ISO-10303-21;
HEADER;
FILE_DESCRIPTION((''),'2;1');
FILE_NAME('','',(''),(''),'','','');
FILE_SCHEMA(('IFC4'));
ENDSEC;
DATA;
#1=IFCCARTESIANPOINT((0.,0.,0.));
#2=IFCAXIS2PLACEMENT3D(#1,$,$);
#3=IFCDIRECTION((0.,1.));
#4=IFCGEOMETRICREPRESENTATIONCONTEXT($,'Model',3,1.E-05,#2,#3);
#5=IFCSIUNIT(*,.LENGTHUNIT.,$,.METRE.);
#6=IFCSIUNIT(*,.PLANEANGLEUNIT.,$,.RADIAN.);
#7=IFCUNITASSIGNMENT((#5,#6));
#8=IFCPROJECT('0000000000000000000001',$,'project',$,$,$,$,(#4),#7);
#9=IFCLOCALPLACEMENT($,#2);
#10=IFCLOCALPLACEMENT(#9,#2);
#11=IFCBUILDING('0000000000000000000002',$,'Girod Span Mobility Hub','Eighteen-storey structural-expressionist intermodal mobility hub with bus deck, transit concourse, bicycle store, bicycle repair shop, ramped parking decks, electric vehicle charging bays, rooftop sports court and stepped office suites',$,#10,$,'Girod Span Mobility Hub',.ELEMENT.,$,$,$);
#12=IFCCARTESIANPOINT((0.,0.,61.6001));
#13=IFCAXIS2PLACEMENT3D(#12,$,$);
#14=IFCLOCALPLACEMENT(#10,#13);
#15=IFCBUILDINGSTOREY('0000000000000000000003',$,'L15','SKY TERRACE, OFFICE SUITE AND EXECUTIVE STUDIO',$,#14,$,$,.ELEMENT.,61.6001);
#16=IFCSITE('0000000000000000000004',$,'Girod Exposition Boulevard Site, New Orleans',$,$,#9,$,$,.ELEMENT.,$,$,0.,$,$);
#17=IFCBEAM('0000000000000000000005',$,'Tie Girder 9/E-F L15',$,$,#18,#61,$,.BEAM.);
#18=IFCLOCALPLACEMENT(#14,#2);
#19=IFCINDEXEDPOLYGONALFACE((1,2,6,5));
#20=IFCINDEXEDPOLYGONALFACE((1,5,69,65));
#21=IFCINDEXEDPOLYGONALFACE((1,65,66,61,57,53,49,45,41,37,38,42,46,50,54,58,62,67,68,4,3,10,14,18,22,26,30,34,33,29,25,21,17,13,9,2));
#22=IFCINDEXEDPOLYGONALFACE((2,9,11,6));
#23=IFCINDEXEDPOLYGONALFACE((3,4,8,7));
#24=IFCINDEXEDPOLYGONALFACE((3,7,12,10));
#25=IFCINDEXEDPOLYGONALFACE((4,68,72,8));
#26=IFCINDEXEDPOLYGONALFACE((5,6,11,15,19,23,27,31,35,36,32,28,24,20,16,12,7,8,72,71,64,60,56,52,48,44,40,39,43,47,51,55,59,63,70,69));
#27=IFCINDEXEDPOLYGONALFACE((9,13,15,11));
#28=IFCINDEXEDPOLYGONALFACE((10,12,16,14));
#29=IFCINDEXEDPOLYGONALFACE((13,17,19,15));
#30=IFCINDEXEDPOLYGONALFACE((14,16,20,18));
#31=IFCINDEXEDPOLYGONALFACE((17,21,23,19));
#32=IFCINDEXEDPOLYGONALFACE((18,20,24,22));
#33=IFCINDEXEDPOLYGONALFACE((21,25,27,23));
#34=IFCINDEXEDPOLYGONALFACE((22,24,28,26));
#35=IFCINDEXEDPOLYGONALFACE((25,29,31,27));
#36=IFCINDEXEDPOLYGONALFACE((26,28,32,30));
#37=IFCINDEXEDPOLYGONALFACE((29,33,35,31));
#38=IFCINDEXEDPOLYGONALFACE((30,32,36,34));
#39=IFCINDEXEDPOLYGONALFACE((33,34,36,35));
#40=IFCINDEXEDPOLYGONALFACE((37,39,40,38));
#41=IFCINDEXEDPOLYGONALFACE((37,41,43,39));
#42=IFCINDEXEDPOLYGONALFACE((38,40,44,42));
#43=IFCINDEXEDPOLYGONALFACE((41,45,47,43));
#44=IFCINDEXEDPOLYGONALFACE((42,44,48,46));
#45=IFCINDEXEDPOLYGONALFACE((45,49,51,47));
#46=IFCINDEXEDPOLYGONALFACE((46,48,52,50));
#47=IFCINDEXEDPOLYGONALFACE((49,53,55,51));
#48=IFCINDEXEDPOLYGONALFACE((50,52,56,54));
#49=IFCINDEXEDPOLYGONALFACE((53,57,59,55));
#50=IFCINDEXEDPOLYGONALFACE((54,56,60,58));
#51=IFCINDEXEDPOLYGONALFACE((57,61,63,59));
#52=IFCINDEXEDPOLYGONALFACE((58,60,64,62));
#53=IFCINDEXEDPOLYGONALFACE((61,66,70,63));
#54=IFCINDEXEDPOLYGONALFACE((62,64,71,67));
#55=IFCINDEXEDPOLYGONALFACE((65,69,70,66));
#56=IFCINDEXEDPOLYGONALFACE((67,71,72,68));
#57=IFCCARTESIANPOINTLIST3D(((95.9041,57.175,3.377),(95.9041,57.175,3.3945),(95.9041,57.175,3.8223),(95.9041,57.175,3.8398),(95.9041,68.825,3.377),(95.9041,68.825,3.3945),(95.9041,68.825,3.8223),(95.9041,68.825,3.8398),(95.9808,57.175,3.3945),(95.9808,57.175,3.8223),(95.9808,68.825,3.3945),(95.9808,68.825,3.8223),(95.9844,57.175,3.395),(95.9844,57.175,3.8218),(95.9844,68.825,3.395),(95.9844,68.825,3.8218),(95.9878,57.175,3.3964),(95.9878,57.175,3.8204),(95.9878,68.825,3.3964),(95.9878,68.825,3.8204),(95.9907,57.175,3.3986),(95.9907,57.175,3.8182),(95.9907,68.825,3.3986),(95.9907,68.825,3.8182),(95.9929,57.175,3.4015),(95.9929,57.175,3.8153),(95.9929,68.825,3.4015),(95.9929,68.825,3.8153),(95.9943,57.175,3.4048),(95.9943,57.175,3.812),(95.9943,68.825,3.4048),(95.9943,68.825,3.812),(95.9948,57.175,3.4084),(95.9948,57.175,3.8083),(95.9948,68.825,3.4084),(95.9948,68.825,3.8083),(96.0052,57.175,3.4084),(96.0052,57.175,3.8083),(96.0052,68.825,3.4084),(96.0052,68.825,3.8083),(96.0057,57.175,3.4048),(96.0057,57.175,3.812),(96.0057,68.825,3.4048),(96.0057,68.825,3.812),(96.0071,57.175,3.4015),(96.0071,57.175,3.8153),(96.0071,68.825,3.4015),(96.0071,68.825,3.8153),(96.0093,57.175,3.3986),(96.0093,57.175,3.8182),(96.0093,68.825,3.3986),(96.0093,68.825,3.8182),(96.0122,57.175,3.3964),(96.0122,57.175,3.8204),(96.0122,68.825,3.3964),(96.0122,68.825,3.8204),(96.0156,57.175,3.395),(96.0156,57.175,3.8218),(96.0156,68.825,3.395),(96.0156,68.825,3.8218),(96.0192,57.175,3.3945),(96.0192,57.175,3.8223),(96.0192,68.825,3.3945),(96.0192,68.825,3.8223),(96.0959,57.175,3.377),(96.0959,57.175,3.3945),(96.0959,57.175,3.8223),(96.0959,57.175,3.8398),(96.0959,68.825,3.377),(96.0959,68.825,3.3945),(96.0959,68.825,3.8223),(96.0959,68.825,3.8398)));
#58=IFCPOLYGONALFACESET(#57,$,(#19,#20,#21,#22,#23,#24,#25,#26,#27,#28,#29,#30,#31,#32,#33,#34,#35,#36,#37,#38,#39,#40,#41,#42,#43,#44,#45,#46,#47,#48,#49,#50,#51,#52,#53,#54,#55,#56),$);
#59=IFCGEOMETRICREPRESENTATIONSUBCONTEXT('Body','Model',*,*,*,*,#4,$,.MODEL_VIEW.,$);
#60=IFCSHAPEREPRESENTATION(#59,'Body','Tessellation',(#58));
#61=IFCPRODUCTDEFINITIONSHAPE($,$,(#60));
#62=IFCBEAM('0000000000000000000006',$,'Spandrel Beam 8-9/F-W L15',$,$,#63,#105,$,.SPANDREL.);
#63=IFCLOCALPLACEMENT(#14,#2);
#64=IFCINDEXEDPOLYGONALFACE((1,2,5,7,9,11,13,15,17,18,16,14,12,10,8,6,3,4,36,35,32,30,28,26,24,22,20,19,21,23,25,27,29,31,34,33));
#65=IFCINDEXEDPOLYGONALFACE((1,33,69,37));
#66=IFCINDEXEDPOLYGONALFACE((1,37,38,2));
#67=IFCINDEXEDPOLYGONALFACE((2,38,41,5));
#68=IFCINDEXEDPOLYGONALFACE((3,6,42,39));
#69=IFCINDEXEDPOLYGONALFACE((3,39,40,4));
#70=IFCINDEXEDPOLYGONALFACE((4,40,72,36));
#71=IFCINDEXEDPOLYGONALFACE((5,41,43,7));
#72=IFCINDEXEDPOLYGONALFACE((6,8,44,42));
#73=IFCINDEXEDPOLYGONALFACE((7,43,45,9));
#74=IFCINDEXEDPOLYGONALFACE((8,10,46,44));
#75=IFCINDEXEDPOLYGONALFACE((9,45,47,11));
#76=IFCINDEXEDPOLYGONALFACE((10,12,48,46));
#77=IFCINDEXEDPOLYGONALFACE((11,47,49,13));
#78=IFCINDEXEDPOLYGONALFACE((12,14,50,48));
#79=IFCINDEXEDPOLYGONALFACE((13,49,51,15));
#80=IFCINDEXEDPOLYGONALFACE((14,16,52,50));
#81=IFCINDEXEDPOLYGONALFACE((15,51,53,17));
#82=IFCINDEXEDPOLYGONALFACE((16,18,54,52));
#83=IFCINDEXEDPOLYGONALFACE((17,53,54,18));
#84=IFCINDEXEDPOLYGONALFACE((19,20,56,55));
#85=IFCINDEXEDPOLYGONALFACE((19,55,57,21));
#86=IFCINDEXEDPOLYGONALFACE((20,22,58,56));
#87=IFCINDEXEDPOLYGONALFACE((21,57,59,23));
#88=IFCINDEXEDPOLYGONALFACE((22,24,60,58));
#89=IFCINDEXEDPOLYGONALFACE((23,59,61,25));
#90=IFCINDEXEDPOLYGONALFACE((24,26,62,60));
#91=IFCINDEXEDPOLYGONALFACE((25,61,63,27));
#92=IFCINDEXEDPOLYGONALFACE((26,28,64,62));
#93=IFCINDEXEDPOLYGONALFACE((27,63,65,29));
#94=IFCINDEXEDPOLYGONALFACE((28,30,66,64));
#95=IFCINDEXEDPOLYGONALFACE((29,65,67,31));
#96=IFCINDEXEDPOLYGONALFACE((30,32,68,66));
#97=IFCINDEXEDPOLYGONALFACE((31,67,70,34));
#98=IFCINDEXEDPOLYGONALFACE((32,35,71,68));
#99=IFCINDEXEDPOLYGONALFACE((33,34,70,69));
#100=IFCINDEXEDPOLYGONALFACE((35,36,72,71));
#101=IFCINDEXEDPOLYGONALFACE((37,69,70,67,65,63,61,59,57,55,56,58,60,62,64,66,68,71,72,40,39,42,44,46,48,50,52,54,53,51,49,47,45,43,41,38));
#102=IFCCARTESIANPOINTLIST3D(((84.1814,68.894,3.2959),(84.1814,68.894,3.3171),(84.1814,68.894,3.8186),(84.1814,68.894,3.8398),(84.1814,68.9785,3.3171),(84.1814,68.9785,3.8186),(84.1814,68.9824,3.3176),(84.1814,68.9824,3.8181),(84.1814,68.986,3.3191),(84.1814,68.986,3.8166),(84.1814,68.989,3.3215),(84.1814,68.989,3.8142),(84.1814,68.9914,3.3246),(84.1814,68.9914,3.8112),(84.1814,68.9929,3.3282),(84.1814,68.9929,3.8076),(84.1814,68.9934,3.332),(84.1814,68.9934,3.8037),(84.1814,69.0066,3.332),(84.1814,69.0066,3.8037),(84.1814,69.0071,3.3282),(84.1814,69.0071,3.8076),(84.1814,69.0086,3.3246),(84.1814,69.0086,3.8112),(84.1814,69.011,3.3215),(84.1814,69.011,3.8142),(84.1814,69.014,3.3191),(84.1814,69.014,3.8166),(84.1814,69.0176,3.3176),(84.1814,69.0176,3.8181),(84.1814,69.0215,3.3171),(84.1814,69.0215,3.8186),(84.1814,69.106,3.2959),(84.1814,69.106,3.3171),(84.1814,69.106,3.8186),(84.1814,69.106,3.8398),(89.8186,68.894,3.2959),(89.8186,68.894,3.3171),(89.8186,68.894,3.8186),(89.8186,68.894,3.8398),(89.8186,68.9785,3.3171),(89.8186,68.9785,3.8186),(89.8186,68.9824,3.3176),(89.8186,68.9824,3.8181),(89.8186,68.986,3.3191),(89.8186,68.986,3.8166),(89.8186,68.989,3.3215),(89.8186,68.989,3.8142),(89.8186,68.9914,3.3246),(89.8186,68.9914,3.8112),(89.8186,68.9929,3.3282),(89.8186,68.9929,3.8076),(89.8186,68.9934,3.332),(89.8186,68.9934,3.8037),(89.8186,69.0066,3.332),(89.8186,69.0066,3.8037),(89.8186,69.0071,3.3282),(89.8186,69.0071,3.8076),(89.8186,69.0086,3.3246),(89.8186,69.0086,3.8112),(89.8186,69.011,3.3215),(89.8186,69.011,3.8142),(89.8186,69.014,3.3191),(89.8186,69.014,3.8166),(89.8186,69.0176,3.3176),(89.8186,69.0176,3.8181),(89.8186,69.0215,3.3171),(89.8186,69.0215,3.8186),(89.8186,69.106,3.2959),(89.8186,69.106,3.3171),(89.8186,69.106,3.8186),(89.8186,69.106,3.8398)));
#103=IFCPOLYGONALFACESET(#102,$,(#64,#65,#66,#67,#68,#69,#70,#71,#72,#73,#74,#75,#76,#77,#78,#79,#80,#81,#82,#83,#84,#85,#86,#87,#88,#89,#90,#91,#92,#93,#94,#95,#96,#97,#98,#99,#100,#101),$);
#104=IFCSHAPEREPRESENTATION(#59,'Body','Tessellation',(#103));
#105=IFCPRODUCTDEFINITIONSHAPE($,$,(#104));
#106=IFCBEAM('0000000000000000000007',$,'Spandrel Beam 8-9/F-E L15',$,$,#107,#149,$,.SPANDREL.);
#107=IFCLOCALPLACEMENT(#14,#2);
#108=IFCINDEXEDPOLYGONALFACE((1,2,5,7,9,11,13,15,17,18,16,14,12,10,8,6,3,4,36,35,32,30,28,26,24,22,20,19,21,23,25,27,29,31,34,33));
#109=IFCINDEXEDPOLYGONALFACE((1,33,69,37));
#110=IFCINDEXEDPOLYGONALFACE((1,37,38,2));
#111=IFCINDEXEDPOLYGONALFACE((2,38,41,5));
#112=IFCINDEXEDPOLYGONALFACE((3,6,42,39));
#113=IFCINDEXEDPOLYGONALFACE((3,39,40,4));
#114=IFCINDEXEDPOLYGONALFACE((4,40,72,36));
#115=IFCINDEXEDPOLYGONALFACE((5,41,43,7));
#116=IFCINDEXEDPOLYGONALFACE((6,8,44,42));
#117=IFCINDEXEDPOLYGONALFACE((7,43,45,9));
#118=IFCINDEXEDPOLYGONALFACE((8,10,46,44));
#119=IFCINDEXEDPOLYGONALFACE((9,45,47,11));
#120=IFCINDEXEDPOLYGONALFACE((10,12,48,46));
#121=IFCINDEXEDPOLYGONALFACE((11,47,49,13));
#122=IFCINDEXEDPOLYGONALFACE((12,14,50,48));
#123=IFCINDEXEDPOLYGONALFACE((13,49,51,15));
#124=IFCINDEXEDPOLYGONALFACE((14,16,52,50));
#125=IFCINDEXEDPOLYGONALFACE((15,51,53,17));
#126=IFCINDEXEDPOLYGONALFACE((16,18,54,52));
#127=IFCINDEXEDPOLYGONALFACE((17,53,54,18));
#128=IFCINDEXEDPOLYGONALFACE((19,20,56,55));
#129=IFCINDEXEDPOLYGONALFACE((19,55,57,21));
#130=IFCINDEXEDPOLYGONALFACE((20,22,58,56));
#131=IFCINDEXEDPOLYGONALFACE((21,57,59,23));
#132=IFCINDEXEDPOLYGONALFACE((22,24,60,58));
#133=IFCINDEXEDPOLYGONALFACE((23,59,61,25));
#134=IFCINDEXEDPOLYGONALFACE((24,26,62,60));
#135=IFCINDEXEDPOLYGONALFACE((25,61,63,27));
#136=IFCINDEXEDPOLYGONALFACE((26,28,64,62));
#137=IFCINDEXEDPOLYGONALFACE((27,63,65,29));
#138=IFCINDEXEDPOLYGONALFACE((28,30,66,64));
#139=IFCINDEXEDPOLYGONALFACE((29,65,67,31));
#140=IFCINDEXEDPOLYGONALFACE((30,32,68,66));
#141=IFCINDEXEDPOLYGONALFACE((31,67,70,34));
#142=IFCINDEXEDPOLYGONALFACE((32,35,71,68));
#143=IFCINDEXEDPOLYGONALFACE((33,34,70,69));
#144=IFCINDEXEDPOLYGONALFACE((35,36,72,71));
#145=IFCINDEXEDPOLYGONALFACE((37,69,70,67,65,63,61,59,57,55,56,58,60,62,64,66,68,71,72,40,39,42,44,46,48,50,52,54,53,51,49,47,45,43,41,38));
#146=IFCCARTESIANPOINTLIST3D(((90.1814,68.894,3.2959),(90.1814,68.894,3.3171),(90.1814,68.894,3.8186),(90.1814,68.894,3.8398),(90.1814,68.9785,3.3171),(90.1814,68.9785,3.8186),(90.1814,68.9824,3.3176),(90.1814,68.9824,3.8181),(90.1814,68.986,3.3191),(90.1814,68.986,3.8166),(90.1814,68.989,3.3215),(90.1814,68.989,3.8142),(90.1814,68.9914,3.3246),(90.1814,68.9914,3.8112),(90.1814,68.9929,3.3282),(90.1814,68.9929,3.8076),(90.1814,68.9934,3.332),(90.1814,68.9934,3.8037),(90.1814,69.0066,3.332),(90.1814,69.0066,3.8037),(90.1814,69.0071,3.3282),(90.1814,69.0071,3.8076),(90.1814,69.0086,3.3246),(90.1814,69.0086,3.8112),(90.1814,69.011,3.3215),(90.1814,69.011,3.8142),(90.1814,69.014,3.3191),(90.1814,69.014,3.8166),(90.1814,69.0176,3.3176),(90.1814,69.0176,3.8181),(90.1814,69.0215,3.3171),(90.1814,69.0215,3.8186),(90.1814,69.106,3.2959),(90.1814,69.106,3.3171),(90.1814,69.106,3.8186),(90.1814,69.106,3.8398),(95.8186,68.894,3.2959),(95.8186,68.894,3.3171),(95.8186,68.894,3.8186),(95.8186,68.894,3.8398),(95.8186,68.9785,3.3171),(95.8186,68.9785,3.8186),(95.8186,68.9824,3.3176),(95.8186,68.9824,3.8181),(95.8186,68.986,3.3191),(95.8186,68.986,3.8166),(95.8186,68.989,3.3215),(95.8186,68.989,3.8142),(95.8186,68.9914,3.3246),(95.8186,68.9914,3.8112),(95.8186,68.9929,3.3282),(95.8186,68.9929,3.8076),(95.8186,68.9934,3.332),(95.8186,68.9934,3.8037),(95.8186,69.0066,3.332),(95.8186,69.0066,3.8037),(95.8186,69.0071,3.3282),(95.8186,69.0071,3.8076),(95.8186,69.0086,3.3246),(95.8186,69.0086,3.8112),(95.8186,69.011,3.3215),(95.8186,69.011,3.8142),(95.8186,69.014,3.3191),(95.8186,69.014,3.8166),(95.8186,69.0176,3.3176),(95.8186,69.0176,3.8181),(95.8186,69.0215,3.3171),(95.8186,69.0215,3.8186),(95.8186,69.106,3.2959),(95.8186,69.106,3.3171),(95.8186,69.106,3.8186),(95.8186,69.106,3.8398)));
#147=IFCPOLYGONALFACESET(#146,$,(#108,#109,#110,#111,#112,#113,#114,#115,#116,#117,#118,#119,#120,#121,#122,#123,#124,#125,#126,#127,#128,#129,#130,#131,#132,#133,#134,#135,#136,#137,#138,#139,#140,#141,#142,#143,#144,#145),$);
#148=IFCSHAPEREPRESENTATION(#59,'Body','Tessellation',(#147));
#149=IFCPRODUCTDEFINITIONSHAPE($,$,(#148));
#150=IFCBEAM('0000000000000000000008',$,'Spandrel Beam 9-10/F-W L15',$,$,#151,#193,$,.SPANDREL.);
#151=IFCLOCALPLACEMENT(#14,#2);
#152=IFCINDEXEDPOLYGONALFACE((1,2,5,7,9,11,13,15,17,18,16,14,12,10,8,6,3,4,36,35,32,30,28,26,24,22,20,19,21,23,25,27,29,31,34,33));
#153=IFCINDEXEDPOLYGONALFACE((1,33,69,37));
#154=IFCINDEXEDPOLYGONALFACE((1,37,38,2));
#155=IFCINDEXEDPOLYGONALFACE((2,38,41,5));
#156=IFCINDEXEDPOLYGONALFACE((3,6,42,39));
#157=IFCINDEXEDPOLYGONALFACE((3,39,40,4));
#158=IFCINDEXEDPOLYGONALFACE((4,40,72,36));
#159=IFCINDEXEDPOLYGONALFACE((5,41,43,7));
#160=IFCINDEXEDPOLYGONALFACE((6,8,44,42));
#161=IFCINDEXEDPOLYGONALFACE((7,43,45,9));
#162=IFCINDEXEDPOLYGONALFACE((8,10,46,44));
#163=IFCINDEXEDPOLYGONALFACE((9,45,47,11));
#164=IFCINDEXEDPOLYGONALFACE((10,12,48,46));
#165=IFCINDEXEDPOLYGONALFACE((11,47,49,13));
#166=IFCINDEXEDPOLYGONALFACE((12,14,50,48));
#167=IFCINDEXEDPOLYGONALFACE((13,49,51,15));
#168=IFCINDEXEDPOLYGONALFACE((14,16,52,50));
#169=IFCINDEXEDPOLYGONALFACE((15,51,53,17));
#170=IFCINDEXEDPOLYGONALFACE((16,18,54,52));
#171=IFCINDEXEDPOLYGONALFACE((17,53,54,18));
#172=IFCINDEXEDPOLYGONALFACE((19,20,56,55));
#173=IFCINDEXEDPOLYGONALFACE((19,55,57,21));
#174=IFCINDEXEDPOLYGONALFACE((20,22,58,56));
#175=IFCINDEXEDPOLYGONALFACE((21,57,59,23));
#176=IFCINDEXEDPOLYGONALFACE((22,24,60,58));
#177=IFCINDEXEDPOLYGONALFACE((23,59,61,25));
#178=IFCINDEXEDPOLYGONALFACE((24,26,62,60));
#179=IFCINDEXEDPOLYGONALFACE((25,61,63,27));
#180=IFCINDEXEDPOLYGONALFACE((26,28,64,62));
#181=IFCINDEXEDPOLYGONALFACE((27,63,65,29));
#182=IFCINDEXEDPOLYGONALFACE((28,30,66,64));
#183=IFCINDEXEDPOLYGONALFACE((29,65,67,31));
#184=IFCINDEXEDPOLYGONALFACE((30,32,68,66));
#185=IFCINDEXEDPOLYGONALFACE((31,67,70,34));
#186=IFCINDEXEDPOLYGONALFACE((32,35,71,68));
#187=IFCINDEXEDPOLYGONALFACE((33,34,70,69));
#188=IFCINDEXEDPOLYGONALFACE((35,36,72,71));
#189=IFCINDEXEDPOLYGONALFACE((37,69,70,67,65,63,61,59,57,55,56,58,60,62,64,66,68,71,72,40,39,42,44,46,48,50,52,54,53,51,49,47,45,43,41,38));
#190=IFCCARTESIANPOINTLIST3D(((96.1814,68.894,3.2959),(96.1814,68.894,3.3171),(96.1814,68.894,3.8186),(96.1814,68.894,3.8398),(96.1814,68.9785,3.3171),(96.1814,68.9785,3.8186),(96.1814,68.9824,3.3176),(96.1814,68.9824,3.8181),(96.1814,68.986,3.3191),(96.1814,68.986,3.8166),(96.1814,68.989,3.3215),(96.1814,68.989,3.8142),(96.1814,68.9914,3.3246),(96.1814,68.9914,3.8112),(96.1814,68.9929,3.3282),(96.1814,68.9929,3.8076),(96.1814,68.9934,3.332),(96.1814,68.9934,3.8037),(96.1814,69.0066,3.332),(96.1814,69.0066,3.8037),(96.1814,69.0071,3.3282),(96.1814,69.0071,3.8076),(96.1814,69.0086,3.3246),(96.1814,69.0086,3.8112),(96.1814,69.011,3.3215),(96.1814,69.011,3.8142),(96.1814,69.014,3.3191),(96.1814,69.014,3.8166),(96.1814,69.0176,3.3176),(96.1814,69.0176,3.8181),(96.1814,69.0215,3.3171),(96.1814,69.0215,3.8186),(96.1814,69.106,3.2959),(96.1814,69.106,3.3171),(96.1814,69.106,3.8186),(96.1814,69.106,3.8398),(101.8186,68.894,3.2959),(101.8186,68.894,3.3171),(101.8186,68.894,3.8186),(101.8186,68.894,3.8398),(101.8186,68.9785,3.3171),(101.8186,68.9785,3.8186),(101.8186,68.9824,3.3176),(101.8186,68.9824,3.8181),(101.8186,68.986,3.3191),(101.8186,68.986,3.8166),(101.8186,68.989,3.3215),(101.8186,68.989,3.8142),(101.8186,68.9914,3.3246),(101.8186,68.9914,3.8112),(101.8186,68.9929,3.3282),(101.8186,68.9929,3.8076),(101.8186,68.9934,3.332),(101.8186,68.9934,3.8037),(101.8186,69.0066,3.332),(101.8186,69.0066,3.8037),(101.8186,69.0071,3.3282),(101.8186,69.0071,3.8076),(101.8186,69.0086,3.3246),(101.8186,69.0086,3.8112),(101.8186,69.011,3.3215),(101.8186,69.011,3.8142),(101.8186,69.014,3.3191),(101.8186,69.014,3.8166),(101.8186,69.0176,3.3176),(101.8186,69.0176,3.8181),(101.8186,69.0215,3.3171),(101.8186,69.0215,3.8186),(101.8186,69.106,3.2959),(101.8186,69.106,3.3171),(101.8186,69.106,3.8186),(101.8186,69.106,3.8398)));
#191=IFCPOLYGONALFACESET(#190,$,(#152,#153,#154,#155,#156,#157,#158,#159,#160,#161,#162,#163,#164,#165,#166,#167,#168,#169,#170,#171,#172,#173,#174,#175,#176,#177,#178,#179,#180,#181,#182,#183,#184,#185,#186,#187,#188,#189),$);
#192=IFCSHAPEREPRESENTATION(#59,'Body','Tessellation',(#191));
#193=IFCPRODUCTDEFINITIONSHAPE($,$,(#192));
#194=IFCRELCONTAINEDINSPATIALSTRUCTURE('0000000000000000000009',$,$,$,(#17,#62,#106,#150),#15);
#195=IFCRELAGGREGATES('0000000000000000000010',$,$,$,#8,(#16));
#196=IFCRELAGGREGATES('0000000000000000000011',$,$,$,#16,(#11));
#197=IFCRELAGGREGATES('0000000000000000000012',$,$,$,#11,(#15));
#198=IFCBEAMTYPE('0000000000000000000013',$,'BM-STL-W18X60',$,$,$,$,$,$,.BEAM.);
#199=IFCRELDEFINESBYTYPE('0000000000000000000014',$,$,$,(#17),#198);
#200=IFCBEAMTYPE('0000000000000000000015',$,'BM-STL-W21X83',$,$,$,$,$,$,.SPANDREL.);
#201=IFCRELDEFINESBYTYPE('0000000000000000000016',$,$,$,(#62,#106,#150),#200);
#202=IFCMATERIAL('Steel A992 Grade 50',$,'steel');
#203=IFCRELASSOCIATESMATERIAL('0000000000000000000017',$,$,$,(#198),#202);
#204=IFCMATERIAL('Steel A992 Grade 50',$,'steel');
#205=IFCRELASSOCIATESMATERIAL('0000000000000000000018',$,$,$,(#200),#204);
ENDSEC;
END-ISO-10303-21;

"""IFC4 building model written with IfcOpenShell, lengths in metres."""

from ifc_helpers import new_model, si_unit, direction, frame, origin, origin_2d, place, context, subcontext, project, spatial, i_section, extrude, material, material_profile, profile_set, type_object, element, save


model = new_model("IFC4")

# Units and contexts
model_context = context("Model", 3, precision=1e-05, world=origin(), true_north=direction((0.0, 1.0)))
body_context = subcontext(model_context, "Body", "Model", "MODEL_VIEW")
ifc_project = project(units=[si_unit("LENGTHUNIT", "METRE"), si_unit("PLANEANGLEUNIT", "RADIAN")], contexts=[model_context])

# Site, building, storey
site_placement = place(None, origin())
site = spatial("IfcSite", under=ifc_project, at=site_placement, Name="Girod Exposition Boulevard Site, New Orleans", CompositionType="ELEMENT", RefElevation=0.0)
building_placement = place(site_placement, origin())
building = spatial("IfcBuilding", under=site, at=building_placement, Name="Girod Span Mobility Hub", Description="Eighteen-storey structural-expressionist intermodal mobility hub with bus deck, transit concourse, bicycle store, bicycle repair shop, ramped parking decks, electric vehicle charging bays, rooftop sports court and stepped office suites", LongName="Girod Span Mobility Hub", CompositionType="ELEMENT")
storey_placement = place(building_placement, frame((0.0, 0.0, 61.6001)))
storey = spatial("IfcBuildingStorey", under=building, at=storey_placement, Name="L15", Description="SKY TERRACE, OFFICE SUITE AND EXECUTIVE STUDIO", CompositionType="ELEMENT", Elevation=61.6001)

# Beams
ifc_material_1 = material(Name="Steel A992 Grade 50", Category="steel")
ifc_material_profile_1 = material_profile(ifc_material_1, i_section(OverallWidth=0.1919, OverallDepth=0.4629, WebThickness=0.0105, FlangeThickness=0.0176, FilletRadius=0.0139, at=origin_2d()), Name="W18X60")
ifc_profile_set_1 = profile_set([ifc_material_profile_1], Name="Steel A992 Grade 50")
beam_type_1 = type_object("IfcBeamType", Name="BM-STL-W18X60", PredefinedType="BEAM", material=ifc_profile_set_1)
for number, where, z_axis, x_axis, name in (
    (1, (96.0, 57.175, 3.6084), (0.0, 1.0, 0.0), (-1.0, 0.0, 0.0), "Tie Girder 9/E-F L15"),
):
    element("IfcBeam", number, at=place(storey_placement, frame(where, z_axis=z_axis, x_axis=x_axis)), inside=storey, type_object=beam_type_1, Name=name, PredefinedType="BEAM", context=body_context, shape_type="SweptSolid", body=[
        extrude(i_section(OverallWidth=0.1919, OverallDepth=0.4629, WebThickness=0.0105, FlangeThickness=0.0176, FilletRadius=0.0139, at=origin_2d()), origin(), (0.0, 0.0, 1.0), 11.6499),
    ])
ifc_material_2 = material(Name="Steel A992 Grade 50", Category="steel")
ifc_material_profile_2 = material_profile(ifc_material_2, i_section(OverallWidth=0.2119, OverallDepth=0.5439, WebThickness=0.0132, FlangeThickness=0.0212, FilletRadius=0.0149, at=origin_2d()), Name="W21X83")
ifc_profile_set_2 = profile_set([ifc_material_profile_2], Name="Steel A992 Grade 50")
beam_type_2 = type_object("IfcBeamType", Name="BM-STL-W21X83", PredefinedType="SPANDREL", material=ifc_profile_set_2)
for number, where, z_axis, x_axis, name in (
    (2, (84.1814, 69.0, 3.5679), (1.0, 0.0, 0.0), (0.0, 1.0, 0.0), "Spandrel Beam 8-9/F-W L15"),
    (3, (90.1814, 69.0, 3.5679), (1.0, 0.0, 0.0), (0.0, 1.0, 0.0), "Spandrel Beam 8-9/F-E L15"),
    (4, (96.1814, 69.0, 3.5679), (1.0, 0.0, 0.0), (0.0, 1.0, 0.0), "Spandrel Beam 9-10/F-W L15"),
):
    element("IfcBeam", number, at=place(storey_placement, frame(where, z_axis=z_axis, x_axis=x_axis)), inside=storey, type_object=beam_type_2, Name=name, PredefinedType="SPANDREL", context=body_context, shape_type="SweptSolid", body=[
        extrude(i_section(OverallWidth=0.2119, OverallDepth=0.5439, WebThickness=0.0132, FlangeThickness=0.0212, FilletRadius=0.0149, at=origin_2d()), origin(), (0.0, 0.0, 1.0), 5.6372),
    ])

save(model, "model.ifc")
